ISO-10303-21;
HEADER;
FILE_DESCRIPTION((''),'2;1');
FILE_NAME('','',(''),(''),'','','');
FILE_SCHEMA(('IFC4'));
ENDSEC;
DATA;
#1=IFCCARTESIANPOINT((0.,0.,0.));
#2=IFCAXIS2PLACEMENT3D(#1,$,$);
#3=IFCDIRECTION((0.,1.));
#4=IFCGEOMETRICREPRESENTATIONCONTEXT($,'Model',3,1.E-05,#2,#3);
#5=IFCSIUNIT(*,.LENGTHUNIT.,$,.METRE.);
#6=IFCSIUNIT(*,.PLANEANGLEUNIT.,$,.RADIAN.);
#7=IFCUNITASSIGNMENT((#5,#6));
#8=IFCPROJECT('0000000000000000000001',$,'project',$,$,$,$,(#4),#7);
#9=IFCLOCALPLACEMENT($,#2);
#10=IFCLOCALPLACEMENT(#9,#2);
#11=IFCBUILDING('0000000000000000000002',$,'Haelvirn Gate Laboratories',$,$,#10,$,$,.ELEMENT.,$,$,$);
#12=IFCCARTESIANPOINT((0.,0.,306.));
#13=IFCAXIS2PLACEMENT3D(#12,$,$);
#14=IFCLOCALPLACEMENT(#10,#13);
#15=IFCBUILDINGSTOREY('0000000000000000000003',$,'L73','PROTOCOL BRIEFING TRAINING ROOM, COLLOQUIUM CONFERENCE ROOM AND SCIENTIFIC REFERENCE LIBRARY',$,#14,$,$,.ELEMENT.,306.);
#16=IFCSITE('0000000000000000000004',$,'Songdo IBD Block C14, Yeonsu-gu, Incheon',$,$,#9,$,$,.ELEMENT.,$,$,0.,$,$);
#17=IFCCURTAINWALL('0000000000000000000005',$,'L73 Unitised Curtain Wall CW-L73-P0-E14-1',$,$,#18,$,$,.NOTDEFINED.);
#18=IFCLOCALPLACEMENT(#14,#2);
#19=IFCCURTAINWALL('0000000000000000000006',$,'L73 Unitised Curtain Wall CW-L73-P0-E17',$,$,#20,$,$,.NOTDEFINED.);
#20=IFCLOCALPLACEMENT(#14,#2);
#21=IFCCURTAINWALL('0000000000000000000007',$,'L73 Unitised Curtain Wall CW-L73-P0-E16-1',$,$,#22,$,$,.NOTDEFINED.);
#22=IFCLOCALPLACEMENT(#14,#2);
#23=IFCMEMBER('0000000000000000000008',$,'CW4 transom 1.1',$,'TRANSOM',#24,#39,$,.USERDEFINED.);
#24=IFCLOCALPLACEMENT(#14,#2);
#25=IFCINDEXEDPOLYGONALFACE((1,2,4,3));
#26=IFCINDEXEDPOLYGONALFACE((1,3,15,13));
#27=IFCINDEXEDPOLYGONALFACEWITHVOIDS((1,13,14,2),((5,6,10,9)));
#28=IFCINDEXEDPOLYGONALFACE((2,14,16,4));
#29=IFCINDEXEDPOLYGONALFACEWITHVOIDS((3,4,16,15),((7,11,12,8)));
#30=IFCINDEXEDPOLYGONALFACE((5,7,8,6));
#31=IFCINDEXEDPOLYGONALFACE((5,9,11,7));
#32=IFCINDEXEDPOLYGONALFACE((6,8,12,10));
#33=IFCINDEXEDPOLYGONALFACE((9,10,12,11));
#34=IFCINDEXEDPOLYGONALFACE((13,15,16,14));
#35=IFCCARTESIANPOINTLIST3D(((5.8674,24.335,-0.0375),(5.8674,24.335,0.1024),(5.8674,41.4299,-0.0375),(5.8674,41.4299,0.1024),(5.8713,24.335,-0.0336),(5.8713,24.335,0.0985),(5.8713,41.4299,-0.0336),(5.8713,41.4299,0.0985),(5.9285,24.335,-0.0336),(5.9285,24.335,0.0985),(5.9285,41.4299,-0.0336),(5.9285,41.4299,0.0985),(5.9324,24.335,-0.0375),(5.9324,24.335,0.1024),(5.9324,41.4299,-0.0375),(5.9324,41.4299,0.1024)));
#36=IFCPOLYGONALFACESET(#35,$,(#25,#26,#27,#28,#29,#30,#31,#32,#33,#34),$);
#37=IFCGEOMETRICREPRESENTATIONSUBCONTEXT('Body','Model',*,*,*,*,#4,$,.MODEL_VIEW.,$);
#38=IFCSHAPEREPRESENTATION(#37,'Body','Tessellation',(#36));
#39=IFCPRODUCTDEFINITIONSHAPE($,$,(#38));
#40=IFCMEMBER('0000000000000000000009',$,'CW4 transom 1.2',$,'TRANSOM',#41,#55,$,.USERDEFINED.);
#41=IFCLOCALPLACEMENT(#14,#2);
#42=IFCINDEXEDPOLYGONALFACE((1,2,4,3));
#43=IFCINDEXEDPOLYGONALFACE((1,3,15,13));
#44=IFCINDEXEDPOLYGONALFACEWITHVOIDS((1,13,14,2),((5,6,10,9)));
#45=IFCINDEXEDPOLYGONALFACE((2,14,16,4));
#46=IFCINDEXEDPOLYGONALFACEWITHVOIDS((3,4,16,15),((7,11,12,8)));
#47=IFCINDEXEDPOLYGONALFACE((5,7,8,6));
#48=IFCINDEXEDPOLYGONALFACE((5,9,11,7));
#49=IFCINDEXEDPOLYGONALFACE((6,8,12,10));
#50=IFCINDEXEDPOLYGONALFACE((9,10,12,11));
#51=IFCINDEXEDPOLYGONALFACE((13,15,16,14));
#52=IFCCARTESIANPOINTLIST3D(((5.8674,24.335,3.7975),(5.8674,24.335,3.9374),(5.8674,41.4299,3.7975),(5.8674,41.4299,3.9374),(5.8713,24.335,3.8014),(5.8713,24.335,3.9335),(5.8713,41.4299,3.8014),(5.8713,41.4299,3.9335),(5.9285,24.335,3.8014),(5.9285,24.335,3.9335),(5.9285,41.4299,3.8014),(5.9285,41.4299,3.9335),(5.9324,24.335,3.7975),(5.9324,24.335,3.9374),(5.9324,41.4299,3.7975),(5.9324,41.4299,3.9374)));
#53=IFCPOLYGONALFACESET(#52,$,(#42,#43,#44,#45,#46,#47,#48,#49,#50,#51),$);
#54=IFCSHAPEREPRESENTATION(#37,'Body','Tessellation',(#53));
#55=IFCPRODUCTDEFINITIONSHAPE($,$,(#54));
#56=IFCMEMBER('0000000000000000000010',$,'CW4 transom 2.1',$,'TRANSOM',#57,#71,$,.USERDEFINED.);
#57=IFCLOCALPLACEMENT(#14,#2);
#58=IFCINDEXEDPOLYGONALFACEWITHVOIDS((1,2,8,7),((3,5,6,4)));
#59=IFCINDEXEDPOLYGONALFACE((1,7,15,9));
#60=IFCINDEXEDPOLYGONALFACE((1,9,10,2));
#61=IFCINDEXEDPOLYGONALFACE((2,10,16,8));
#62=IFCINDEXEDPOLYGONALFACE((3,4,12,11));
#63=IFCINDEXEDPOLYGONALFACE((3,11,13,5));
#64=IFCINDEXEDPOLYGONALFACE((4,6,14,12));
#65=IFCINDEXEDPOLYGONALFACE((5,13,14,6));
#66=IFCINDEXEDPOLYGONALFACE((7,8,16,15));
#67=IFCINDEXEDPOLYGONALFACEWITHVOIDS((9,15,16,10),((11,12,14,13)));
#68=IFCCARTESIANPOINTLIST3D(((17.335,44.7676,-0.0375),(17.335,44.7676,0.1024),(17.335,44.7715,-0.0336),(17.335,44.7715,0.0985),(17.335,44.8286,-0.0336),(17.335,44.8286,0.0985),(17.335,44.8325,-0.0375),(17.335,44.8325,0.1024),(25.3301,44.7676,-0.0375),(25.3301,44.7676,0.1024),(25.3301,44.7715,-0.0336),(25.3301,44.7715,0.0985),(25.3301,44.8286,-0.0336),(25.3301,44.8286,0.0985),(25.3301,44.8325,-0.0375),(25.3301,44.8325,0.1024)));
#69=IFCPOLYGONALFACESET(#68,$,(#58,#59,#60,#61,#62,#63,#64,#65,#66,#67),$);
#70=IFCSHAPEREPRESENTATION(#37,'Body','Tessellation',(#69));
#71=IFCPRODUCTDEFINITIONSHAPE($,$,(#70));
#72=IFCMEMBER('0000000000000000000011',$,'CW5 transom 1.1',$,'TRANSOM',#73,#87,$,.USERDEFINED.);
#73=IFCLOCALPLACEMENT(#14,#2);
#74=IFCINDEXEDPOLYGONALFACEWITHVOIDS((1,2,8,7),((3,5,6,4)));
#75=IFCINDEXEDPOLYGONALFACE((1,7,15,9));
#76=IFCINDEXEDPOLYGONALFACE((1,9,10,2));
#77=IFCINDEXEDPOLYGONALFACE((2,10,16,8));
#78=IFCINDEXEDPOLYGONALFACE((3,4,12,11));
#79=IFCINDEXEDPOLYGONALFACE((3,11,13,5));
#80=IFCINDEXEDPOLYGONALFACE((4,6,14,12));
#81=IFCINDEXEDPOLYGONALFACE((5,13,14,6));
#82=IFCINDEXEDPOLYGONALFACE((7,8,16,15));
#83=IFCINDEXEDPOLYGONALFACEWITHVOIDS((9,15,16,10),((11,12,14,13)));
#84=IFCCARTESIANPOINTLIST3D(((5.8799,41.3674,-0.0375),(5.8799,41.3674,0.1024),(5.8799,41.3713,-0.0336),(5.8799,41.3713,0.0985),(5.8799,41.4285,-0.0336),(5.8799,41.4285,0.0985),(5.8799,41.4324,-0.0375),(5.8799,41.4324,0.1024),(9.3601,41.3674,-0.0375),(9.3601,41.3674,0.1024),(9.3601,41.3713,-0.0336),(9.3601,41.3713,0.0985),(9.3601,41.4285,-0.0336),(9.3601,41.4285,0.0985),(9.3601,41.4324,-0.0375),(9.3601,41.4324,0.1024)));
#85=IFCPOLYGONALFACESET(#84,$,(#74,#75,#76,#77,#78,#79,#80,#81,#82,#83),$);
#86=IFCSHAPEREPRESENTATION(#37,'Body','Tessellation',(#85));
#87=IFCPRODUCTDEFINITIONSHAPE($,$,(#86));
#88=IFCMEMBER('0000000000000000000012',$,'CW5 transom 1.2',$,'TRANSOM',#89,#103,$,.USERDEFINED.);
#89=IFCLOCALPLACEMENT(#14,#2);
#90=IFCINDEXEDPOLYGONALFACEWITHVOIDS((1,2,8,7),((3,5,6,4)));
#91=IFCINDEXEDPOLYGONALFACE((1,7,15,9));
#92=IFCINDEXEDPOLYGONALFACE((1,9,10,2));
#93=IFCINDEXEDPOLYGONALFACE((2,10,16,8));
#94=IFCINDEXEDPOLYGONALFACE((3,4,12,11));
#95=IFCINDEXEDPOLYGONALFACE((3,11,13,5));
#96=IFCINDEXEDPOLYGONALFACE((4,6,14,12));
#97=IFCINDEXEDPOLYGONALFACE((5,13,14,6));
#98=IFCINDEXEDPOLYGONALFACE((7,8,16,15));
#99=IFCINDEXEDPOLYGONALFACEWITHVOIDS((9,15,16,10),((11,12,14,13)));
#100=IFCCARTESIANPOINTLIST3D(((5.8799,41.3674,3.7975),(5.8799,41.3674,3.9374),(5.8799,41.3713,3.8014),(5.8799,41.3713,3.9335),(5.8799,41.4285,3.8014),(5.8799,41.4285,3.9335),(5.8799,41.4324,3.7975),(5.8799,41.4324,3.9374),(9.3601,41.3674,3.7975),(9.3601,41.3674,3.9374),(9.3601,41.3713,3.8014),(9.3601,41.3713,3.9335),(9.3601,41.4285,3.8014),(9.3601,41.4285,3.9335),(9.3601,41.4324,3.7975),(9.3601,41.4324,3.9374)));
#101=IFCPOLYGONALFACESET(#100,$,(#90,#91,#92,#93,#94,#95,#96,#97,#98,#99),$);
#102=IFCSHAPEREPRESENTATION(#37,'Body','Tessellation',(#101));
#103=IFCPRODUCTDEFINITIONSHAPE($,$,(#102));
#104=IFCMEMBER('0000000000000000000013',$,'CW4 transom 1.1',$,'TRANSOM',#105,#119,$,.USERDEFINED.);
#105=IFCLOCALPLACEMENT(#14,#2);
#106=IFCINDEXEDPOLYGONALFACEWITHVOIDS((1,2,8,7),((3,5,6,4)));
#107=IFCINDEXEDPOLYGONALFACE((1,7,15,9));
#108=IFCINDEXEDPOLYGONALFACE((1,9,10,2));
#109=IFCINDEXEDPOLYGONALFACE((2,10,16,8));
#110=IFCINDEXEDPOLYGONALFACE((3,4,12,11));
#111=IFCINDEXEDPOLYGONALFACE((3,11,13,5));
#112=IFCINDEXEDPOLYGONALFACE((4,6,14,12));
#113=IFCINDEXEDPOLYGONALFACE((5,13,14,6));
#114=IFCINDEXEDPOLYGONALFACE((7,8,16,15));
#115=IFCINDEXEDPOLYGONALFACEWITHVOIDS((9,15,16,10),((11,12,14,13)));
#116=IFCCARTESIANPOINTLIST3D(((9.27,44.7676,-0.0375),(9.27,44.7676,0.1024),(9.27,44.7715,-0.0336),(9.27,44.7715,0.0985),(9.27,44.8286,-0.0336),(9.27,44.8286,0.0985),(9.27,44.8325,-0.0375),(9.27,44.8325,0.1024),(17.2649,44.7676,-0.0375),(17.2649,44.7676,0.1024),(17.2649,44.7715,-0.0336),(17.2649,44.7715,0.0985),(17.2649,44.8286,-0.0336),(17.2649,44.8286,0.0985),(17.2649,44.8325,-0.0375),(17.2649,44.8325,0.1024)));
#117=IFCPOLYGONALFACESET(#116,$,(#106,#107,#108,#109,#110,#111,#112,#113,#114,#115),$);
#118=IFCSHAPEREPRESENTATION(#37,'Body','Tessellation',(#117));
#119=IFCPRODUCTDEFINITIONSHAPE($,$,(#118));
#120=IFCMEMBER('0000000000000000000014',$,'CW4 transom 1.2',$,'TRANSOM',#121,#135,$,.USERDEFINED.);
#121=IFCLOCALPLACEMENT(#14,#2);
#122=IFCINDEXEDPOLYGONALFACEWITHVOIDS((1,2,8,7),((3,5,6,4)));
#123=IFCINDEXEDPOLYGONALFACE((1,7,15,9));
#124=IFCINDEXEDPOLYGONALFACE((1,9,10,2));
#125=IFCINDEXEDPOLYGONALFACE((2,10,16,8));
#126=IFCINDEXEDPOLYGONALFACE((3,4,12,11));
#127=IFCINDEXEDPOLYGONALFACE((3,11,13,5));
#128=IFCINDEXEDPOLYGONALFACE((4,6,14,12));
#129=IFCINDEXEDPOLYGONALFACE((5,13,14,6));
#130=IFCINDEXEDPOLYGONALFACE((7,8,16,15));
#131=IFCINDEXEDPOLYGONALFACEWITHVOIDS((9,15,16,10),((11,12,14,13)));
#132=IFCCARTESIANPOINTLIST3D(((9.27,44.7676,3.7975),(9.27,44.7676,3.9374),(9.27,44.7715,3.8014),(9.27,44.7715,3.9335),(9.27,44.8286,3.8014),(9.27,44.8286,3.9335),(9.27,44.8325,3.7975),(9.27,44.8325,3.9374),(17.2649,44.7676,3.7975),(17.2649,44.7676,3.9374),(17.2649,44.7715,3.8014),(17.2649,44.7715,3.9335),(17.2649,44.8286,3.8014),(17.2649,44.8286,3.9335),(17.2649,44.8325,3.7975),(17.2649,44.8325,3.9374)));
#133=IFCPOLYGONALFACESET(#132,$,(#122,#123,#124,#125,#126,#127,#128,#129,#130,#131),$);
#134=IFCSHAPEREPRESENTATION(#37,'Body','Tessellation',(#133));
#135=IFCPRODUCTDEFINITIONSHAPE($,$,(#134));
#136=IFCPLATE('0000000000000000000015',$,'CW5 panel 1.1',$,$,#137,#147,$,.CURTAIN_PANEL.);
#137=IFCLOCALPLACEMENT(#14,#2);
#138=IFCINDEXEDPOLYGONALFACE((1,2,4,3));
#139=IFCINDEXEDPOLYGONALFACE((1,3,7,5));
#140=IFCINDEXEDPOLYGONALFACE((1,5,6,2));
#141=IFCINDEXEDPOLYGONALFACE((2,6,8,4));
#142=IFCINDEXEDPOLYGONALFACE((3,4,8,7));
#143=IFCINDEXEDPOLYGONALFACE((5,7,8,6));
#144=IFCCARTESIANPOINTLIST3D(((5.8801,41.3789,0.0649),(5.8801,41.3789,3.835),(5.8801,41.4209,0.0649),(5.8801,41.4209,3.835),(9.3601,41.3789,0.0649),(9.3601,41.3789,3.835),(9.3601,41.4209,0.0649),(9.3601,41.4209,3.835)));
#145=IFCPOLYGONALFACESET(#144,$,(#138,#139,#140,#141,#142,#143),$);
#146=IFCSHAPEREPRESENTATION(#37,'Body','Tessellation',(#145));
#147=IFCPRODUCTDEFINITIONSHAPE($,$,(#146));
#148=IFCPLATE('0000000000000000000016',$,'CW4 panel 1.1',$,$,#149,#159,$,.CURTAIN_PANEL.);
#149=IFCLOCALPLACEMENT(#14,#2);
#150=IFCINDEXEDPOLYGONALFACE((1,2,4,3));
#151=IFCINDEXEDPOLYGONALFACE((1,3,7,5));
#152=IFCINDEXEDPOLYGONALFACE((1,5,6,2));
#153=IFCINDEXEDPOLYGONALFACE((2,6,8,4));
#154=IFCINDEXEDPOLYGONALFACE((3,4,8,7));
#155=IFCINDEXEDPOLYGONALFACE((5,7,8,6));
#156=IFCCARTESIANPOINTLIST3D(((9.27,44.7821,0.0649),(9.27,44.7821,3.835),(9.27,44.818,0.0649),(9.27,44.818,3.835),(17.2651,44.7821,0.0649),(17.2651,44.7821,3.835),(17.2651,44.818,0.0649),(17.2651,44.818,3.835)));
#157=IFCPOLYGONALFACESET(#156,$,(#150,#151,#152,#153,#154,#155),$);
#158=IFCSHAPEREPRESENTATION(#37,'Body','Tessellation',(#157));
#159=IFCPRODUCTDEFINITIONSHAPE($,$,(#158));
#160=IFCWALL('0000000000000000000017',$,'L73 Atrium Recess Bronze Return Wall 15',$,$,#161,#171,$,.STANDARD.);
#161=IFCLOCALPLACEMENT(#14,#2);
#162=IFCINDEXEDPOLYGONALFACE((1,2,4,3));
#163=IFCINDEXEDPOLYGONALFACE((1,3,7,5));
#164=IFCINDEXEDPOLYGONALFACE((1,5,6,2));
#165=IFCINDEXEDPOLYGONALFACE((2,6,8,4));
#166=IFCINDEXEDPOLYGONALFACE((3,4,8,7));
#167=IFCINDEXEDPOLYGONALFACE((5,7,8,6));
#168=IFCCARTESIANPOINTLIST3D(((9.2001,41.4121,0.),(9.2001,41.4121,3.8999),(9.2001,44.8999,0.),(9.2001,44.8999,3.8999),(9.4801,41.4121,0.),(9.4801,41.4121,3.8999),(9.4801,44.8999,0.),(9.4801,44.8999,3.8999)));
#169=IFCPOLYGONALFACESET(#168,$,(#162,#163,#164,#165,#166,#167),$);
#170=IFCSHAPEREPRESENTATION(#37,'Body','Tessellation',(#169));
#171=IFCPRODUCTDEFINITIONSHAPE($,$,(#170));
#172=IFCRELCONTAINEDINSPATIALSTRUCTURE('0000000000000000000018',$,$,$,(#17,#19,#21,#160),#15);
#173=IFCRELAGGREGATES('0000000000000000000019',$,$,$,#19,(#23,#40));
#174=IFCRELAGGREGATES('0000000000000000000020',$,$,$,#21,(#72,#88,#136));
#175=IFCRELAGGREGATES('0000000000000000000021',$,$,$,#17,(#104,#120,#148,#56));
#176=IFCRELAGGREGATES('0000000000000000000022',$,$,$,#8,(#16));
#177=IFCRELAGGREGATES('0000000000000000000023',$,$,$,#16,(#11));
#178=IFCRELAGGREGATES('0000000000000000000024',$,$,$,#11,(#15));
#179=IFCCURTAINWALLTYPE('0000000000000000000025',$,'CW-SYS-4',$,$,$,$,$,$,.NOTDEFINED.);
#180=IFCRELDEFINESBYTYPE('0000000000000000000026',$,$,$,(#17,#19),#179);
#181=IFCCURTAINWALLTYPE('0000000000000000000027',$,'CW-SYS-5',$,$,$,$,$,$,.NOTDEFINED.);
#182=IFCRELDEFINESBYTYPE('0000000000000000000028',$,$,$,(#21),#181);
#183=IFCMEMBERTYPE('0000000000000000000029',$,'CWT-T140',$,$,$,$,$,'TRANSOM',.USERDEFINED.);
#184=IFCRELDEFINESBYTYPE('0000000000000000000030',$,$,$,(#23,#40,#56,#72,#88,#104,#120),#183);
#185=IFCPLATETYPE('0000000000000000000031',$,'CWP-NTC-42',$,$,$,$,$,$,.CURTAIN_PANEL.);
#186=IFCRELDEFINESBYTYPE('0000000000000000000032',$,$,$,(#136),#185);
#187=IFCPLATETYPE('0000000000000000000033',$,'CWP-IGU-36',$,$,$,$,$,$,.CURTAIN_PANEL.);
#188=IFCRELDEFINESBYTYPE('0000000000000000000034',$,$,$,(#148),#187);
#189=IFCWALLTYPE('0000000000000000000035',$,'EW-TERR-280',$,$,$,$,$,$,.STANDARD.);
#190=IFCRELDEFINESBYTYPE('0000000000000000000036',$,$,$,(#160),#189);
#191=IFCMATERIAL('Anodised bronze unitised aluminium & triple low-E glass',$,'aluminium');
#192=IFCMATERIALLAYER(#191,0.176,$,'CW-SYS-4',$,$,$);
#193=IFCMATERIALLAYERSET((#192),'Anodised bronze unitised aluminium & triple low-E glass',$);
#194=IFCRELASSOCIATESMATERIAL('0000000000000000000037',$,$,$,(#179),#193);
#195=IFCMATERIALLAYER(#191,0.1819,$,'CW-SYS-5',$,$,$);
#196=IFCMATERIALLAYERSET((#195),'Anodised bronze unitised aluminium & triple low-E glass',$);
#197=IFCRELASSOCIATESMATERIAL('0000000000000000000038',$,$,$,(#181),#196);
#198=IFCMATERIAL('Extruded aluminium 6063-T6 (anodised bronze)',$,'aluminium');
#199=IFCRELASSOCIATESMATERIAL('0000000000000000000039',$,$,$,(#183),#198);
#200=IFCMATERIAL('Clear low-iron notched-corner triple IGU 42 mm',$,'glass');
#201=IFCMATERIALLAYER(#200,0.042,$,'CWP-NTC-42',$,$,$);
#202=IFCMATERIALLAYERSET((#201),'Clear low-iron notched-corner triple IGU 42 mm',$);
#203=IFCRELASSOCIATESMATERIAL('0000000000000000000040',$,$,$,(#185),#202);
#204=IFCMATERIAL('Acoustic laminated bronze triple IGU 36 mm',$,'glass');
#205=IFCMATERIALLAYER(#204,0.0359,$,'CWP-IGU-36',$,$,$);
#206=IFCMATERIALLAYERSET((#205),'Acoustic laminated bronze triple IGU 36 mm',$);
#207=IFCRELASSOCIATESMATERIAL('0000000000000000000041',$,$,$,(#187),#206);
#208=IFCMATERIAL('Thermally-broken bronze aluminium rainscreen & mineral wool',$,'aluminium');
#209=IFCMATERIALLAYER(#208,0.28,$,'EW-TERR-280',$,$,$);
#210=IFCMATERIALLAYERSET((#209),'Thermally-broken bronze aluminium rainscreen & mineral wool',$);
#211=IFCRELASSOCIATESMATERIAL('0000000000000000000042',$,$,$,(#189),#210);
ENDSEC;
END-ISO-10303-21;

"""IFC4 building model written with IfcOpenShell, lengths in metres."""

from ifc_helpers import new_model, si_unit, direction, frame, frame_2d, origin, origin_2d, place, context, subcontext, project, spatial, rectangle, hollow_rectangle, extrude, source, transform, mapped, material, layer, layer_set, material_profile, profile_set, type_object, type_shapes, element, aggregate, save


model = new_model("IFC4")

# Units and contexts
model_context = context("Model", 3, precision=1e-05, world=origin(), true_north=direction((0.0, 1.0)))
body_context = subcontext(model_context, "Body", "Model", "MODEL_VIEW")
ifc_project = project(units=[si_unit("LENGTHUNIT", "METRE"), si_unit("PLANEANGLEUNIT", "RADIAN")], contexts=[model_context])

# Site, building, storey
site_placement = place(None, origin())
site = spatial("IfcSite", under=ifc_project, at=site_placement, Name="Songdo IBD Block C14, Yeonsu-gu, Incheon", CompositionType="ELEMENT", RefElevation=0.0)
building_placement = place(site_placement, origin())
building = spatial("IfcBuilding", under=site, at=building_placement, Name="Haelvirn Gate Laboratories", CompositionType="ELEMENT")
storey_placement = place(building_placement, frame((0.0, 0.0, 306.0)))
storey = spatial("IfcBuildingStorey", under=building, at=storey_placement, Name="L73", Description="PROTOCOL BRIEFING TRAINING ROOM, COLLOQUIUM CONFERENCE ROOM AND SCIENTIFIC REFERENCE LIBRARY", CompositionType="ELEMENT", Elevation=306.0)

# Curtain wall
ifc_material_1 = material(Name="Anodised bronze unitised aluminium & triple low-E glass", Category="aluminium")
ifc_layer_1 = layer(ifc_material_1, 0.176, Name="CW-SYS-4")
ifc_layer_set_1 = layer_set([ifc_layer_1], Name="Anodised bronze unitised aluminium & triple low-E glass")
curtain_wall_type_1 = type_object("IfcCurtainWallType", Name="CW-SYS-4", PredefinedType="NOTDEFINED", material=ifc_layer_set_1)
curtain_wall_1_placement = place(storey_placement, origin())
curtain_wall_1 = element("IfcCurtainWall", 1, at=curtain_wall_1_placement, inside=storey, type_object=curtain_wall_type_1, Name="L73 Unitised Curtain Wall CW-L73-P0-E14-1", PredefinedType="NOTDEFINED")
ifc_material_2 = material(Name="Extruded aluminium 6063-T6 (anodised bronze)", Category="aluminium")

# Curtain wall
curtain_wall_2_placement = place(storey_placement, origin())
curtain_wall_2 = element("IfcCurtainWall", 2, at=curtain_wall_2_placement, inside=storey, type_object=curtain_wall_type_1, Name="L73 Unitised Curtain Wall CW-L73-P0-E17", PredefinedType="NOTDEFINED")

# Curtain wall
ifc_layer_2 = layer(ifc_material_1, 0.1819, Name="CW-SYS-5")
ifc_layer_set_2 = layer_set([ifc_layer_2], Name="Anodised bronze unitised aluminium & triple low-E glass")
curtain_wall_type_2 = type_object("IfcCurtainWallType", Name="CW-SYS-5", PredefinedType="NOTDEFINED", material=ifc_layer_set_2)
curtain_wall_3_placement = place(storey_placement, origin())
curtain_wall_3 = element("IfcCurtainWall", 3, at=curtain_wall_3_placement, inside=storey, type_object=curtain_wall_type_2, Name="L73 Unitised Curtain Wall CW-L73-P0-E16-1", PredefinedType="NOTDEFINED")

# Members
ifc_material_profile_1 = material_profile(ifc_material_2, hollow_rectangle(XDim=0.0649, YDim=0.1399, WallThickness=0.0039, at=origin_2d()), Name="CWT-140x65x4")
ifc_profile_set_1 = profile_set([ifc_material_profile_1], Name="Extruded aluminium 6063-T6 (anodised bronze)")
member_type_1 = type_object("IfcMemberType", Name="CWT-T140", ElementType="TRANSOM", PredefinedType="USERDEFINED", material=ifc_profile_set_1)
shared_shape_1 = source(origin(), body_context, "Body", "SweptSolid", [
    extrude(hollow_rectangle(XDim=0.0649, YDim=0.1399, WallThickness=0.0039, at=origin_2d()), origin(), (0.0, 0.0, 1.0), 17.095),
])
member_1_placement = place(storey_placement, frame((5.8999, 41.4299, 0.0325), z_axis=(0.0, -1.0, 0.0), x_axis=(1.0, 0.0, 0.0)))
member_1 = element("IfcMember", 4, at=member_1_placement, type_object=member_type_1, Name="CW4 transom 1.1", ObjectType="TRANSOM", PredefinedType="USERDEFINED", context=body_context, shape_type="MappedRepresentation", body=[
    mapped(shared_shape_1, transform((0.0, 0.0, 0.0), scale=1.0)),
])
member_2_placement = place(storey_placement, frame((5.8999, 41.4299, 3.8674), z_axis=(0.0, -1.0, 0.0), x_axis=(1.0, 0.0, 0.0)))
member_2 = element("IfcMember", 5, at=member_2_placement, type_object=member_type_1, Name="CW4 transom 1.2", ObjectType="TRANSOM", PredefinedType="USERDEFINED", context=body_context, shape_type="MappedRepresentation", body=[
    mapped(shared_shape_1, transform((0.0, 0.0, 0.0), scale=1.0)),
])
aggregate(curtain_wall_2, [member_1, member_2])
shared_shape_2 = source(origin(), body_context, "Body", "SweptSolid", [
    extrude(hollow_rectangle(XDim=0.0649, YDim=0.1399, WallThickness=0.0039, at=origin_2d()), origin(), (0.0, 0.0, 1.0), 7.9951),
])
member_3_placement = place(storey_placement, frame((17.335, 44.8, 0.0325), z_axis=(1.0, 0.0, 0.0), x_axis=(0.0, 1.0, 0.0)))
member_3 = element("IfcMember", 6, at=member_3_placement, type_object=member_type_1, Name="CW4 transom 2.1", ObjectType="TRANSOM", PredefinedType="USERDEFINED", context=body_context, shape_type="MappedRepresentation", body=[
    mapped(shared_shape_2, transform((0.0, 0.0, 0.0), scale=1.0)),
])
shared_shape_3 = source(origin(), body_context, "Body", "SweptSolid", [
    extrude(hollow_rectangle(XDim=0.0649, YDim=0.1399, WallThickness=0.0039, at=origin_2d()), origin(), (0.0, 0.0, 1.0), 3.4802),
])
member_4_placement = place(storey_placement, frame((5.8799, 41.3999, 0.0325), z_axis=(1.0, 0.0, 0.0), x_axis=(0.0, 1.0, 0.0)))
member_4 = element("IfcMember", 7, at=member_4_placement, type_object=member_type_1, Name="CW5 transom 1.1", ObjectType="TRANSOM", PredefinedType="USERDEFINED", context=body_context, shape_type="MappedRepresentation", body=[
    mapped(shared_shape_3, transform((0.0, 0.0, 0.0), scale=1.0)),
])
member_5_placement = place(storey_placement, frame((5.8799, 41.3999, 3.8674), z_axis=(1.0, 0.0, 0.0), x_axis=(0.0, 1.0, 0.0)))
member_5 = element("IfcMember", 8, at=member_5_placement, type_object=member_type_1, Name="CW5 transom 1.2", ObjectType="TRANSOM", PredefinedType="USERDEFINED", context=body_context, shape_type="MappedRepresentation", body=[
    mapped(shared_shape_3, transform((0.0, 0.0, 0.0), scale=1.0)),
])
shared_shape_4 = source(origin(), body_context, "Body", "SweptSolid", [
    extrude(hollow_rectangle(XDim=0.0649, YDim=0.1399, WallThickness=0.0039, at=origin_2d()), origin(), (0.0, 0.0, 1.0), 7.9949),
])
type_shapes(member_type_1, [shared_shape_1, shared_shape_2, shared_shape_3, shared_shape_4])
member_6_placement = place(storey_placement, frame((9.27, 44.8, 0.0325), z_axis=(1.0, 0.0, 0.0), x_axis=(0.0, 1.0, 0.0)))
member_6 = element("IfcMember", 9, at=member_6_placement, type_object=member_type_1, Name="CW4 transom 1.1", ObjectType="TRANSOM", PredefinedType="USERDEFINED", context=body_context, shape_type="MappedRepresentation", body=[
    mapped(shared_shape_4, transform((0.0, 0.0, 0.0), scale=1.0)),
])
member_7_placement = place(storey_placement, frame((9.27, 44.8, 3.8674), z_axis=(1.0, 0.0, 0.0), x_axis=(0.0, 1.0, 0.0)))
member_7 = element("IfcMember", 10, at=member_7_placement, type_object=member_type_1, Name="CW4 transom 1.2", ObjectType="TRANSOM", PredefinedType="USERDEFINED", context=body_context, shape_type="MappedRepresentation", body=[
    mapped(shared_shape_4, transform((0.0, 0.0, 0.0), scale=1.0)),
])

# Plates
ifc_material_3 = material(Name="Clear low-iron notched-corner triple IGU 42 mm", Category="glass")
ifc_layer_3 = layer(ifc_material_3, 0.042, Name="CWP-NTC-42")
ifc_layer_set_3 = layer_set([ifc_layer_3], Name="Clear low-iron notched-corner triple IGU 42 mm")
plate_type_1 = type_object("IfcPlateType", Name="CWP-NTC-42", PredefinedType="CURTAIN_PANEL", material=ifc_layer_set_3)
shared_shape_5 = source(origin(), body_context, "Body", "SweptSolid", [
    extrude(rectangle(XDim=3.48, YDim=0.042, at=origin_2d()), origin(), (0.0, 0.0, 1.0), 3.77),
])
type_shapes(plate_type_1, [shared_shape_5])
plate_1_placement = place(storey_placement, frame((7.6201, 41.3999, 0.0649), z_axis=(0.0, 0.0, 1.0), x_axis=(1.0, 0.0, 0.0)))
plate_1 = element("IfcPlate", 11, at=plate_1_placement, type_object=plate_type_1, Name="CW5 panel 1.1", PredefinedType="CURTAIN_PANEL", context=body_context, shape_type="MappedRepresentation", body=[
    mapped(shared_shape_5, transform((0.0, 0.0, 0.0), scale=1.0)),
])
aggregate(curtain_wall_3, [member_4, member_5, plate_1])
ifc_material_4 = material(Name="Acoustic laminated bronze triple IGU 36 mm", Category="glass")
ifc_layer_4 = layer(ifc_material_4, 0.0359, Name="CWP-IGU-36")
ifc_layer_set_4 = layer_set([ifc_layer_4], Name="Acoustic laminated bronze triple IGU 36 mm")
plate_type_2 = type_object("IfcPlateType", Name="CWP-IGU-36", PredefinedType="CURTAIN_PANEL", material=ifc_layer_set_4)
shared_shape_6 = source(origin(), body_context, "Body", "SweptSolid", [
    extrude(rectangle(XDim=7.9951, YDim=0.0359, at=origin_2d()), origin(), (0.0, 0.0, 1.0), 3.77),
])
type_shapes(plate_type_2, [shared_shape_6])
plate_2_placement = place(storey_placement, frame((13.2676, 44.8, 0.0649), z_axis=(0.0, 0.0, 1.0), x_axis=(1.0, 0.0, 0.0)))
plate_2 = element("IfcPlate", 12, at=plate_2_placement, type_object=plate_type_2, Name="CW4 panel 1.1", PredefinedType="CURTAIN_PANEL", context=body_context, shape_type="MappedRepresentation", body=[
    mapped(shared_shape_6, transform((0.0, 0.0, 0.0), scale=1.0)),
])
aggregate(curtain_wall_1, [member_6, member_7, plate_2, member_3])

# Wall
ifc_material_5 = material(Name="Thermally-broken bronze aluminium rainscreen & mineral wool", Category="aluminium")
ifc_layer_5 = layer(ifc_material_5, 0.28, Name="EW-TERR-280")
ifc_layer_set_5 = layer_set([ifc_layer_5], Name="Thermally-broken bronze aluminium rainscreen & mineral wool")
wall_type_1 = type_object("IfcWallType", Name="EW-TERR-280", PredefinedType="STANDARD", material=ifc_layer_set_5)
wall_1_placement = place(storey_placement, frame((9.3401, 44.8999, 0.0), z_axis=(0.0, 0.0, 1.0), x_axis=(0.0, -1.0, 0.0)))
element("IfcWall", 13, at=wall_1_placement, inside=storey, type_object=wall_type_1, Name="L73 Atrium Recess Bronze Return Wall 15", PredefinedType="STANDARD", context=body_context, shape_type="SweptSolid", body=[
    extrude(rectangle(XDim=3.4878, YDim=0.28, at=frame_2d((1.7439, 0.0))), origin(), (0.0, 0.0, 1.0), 3.8999),
])

save(model, "model.ifc")
